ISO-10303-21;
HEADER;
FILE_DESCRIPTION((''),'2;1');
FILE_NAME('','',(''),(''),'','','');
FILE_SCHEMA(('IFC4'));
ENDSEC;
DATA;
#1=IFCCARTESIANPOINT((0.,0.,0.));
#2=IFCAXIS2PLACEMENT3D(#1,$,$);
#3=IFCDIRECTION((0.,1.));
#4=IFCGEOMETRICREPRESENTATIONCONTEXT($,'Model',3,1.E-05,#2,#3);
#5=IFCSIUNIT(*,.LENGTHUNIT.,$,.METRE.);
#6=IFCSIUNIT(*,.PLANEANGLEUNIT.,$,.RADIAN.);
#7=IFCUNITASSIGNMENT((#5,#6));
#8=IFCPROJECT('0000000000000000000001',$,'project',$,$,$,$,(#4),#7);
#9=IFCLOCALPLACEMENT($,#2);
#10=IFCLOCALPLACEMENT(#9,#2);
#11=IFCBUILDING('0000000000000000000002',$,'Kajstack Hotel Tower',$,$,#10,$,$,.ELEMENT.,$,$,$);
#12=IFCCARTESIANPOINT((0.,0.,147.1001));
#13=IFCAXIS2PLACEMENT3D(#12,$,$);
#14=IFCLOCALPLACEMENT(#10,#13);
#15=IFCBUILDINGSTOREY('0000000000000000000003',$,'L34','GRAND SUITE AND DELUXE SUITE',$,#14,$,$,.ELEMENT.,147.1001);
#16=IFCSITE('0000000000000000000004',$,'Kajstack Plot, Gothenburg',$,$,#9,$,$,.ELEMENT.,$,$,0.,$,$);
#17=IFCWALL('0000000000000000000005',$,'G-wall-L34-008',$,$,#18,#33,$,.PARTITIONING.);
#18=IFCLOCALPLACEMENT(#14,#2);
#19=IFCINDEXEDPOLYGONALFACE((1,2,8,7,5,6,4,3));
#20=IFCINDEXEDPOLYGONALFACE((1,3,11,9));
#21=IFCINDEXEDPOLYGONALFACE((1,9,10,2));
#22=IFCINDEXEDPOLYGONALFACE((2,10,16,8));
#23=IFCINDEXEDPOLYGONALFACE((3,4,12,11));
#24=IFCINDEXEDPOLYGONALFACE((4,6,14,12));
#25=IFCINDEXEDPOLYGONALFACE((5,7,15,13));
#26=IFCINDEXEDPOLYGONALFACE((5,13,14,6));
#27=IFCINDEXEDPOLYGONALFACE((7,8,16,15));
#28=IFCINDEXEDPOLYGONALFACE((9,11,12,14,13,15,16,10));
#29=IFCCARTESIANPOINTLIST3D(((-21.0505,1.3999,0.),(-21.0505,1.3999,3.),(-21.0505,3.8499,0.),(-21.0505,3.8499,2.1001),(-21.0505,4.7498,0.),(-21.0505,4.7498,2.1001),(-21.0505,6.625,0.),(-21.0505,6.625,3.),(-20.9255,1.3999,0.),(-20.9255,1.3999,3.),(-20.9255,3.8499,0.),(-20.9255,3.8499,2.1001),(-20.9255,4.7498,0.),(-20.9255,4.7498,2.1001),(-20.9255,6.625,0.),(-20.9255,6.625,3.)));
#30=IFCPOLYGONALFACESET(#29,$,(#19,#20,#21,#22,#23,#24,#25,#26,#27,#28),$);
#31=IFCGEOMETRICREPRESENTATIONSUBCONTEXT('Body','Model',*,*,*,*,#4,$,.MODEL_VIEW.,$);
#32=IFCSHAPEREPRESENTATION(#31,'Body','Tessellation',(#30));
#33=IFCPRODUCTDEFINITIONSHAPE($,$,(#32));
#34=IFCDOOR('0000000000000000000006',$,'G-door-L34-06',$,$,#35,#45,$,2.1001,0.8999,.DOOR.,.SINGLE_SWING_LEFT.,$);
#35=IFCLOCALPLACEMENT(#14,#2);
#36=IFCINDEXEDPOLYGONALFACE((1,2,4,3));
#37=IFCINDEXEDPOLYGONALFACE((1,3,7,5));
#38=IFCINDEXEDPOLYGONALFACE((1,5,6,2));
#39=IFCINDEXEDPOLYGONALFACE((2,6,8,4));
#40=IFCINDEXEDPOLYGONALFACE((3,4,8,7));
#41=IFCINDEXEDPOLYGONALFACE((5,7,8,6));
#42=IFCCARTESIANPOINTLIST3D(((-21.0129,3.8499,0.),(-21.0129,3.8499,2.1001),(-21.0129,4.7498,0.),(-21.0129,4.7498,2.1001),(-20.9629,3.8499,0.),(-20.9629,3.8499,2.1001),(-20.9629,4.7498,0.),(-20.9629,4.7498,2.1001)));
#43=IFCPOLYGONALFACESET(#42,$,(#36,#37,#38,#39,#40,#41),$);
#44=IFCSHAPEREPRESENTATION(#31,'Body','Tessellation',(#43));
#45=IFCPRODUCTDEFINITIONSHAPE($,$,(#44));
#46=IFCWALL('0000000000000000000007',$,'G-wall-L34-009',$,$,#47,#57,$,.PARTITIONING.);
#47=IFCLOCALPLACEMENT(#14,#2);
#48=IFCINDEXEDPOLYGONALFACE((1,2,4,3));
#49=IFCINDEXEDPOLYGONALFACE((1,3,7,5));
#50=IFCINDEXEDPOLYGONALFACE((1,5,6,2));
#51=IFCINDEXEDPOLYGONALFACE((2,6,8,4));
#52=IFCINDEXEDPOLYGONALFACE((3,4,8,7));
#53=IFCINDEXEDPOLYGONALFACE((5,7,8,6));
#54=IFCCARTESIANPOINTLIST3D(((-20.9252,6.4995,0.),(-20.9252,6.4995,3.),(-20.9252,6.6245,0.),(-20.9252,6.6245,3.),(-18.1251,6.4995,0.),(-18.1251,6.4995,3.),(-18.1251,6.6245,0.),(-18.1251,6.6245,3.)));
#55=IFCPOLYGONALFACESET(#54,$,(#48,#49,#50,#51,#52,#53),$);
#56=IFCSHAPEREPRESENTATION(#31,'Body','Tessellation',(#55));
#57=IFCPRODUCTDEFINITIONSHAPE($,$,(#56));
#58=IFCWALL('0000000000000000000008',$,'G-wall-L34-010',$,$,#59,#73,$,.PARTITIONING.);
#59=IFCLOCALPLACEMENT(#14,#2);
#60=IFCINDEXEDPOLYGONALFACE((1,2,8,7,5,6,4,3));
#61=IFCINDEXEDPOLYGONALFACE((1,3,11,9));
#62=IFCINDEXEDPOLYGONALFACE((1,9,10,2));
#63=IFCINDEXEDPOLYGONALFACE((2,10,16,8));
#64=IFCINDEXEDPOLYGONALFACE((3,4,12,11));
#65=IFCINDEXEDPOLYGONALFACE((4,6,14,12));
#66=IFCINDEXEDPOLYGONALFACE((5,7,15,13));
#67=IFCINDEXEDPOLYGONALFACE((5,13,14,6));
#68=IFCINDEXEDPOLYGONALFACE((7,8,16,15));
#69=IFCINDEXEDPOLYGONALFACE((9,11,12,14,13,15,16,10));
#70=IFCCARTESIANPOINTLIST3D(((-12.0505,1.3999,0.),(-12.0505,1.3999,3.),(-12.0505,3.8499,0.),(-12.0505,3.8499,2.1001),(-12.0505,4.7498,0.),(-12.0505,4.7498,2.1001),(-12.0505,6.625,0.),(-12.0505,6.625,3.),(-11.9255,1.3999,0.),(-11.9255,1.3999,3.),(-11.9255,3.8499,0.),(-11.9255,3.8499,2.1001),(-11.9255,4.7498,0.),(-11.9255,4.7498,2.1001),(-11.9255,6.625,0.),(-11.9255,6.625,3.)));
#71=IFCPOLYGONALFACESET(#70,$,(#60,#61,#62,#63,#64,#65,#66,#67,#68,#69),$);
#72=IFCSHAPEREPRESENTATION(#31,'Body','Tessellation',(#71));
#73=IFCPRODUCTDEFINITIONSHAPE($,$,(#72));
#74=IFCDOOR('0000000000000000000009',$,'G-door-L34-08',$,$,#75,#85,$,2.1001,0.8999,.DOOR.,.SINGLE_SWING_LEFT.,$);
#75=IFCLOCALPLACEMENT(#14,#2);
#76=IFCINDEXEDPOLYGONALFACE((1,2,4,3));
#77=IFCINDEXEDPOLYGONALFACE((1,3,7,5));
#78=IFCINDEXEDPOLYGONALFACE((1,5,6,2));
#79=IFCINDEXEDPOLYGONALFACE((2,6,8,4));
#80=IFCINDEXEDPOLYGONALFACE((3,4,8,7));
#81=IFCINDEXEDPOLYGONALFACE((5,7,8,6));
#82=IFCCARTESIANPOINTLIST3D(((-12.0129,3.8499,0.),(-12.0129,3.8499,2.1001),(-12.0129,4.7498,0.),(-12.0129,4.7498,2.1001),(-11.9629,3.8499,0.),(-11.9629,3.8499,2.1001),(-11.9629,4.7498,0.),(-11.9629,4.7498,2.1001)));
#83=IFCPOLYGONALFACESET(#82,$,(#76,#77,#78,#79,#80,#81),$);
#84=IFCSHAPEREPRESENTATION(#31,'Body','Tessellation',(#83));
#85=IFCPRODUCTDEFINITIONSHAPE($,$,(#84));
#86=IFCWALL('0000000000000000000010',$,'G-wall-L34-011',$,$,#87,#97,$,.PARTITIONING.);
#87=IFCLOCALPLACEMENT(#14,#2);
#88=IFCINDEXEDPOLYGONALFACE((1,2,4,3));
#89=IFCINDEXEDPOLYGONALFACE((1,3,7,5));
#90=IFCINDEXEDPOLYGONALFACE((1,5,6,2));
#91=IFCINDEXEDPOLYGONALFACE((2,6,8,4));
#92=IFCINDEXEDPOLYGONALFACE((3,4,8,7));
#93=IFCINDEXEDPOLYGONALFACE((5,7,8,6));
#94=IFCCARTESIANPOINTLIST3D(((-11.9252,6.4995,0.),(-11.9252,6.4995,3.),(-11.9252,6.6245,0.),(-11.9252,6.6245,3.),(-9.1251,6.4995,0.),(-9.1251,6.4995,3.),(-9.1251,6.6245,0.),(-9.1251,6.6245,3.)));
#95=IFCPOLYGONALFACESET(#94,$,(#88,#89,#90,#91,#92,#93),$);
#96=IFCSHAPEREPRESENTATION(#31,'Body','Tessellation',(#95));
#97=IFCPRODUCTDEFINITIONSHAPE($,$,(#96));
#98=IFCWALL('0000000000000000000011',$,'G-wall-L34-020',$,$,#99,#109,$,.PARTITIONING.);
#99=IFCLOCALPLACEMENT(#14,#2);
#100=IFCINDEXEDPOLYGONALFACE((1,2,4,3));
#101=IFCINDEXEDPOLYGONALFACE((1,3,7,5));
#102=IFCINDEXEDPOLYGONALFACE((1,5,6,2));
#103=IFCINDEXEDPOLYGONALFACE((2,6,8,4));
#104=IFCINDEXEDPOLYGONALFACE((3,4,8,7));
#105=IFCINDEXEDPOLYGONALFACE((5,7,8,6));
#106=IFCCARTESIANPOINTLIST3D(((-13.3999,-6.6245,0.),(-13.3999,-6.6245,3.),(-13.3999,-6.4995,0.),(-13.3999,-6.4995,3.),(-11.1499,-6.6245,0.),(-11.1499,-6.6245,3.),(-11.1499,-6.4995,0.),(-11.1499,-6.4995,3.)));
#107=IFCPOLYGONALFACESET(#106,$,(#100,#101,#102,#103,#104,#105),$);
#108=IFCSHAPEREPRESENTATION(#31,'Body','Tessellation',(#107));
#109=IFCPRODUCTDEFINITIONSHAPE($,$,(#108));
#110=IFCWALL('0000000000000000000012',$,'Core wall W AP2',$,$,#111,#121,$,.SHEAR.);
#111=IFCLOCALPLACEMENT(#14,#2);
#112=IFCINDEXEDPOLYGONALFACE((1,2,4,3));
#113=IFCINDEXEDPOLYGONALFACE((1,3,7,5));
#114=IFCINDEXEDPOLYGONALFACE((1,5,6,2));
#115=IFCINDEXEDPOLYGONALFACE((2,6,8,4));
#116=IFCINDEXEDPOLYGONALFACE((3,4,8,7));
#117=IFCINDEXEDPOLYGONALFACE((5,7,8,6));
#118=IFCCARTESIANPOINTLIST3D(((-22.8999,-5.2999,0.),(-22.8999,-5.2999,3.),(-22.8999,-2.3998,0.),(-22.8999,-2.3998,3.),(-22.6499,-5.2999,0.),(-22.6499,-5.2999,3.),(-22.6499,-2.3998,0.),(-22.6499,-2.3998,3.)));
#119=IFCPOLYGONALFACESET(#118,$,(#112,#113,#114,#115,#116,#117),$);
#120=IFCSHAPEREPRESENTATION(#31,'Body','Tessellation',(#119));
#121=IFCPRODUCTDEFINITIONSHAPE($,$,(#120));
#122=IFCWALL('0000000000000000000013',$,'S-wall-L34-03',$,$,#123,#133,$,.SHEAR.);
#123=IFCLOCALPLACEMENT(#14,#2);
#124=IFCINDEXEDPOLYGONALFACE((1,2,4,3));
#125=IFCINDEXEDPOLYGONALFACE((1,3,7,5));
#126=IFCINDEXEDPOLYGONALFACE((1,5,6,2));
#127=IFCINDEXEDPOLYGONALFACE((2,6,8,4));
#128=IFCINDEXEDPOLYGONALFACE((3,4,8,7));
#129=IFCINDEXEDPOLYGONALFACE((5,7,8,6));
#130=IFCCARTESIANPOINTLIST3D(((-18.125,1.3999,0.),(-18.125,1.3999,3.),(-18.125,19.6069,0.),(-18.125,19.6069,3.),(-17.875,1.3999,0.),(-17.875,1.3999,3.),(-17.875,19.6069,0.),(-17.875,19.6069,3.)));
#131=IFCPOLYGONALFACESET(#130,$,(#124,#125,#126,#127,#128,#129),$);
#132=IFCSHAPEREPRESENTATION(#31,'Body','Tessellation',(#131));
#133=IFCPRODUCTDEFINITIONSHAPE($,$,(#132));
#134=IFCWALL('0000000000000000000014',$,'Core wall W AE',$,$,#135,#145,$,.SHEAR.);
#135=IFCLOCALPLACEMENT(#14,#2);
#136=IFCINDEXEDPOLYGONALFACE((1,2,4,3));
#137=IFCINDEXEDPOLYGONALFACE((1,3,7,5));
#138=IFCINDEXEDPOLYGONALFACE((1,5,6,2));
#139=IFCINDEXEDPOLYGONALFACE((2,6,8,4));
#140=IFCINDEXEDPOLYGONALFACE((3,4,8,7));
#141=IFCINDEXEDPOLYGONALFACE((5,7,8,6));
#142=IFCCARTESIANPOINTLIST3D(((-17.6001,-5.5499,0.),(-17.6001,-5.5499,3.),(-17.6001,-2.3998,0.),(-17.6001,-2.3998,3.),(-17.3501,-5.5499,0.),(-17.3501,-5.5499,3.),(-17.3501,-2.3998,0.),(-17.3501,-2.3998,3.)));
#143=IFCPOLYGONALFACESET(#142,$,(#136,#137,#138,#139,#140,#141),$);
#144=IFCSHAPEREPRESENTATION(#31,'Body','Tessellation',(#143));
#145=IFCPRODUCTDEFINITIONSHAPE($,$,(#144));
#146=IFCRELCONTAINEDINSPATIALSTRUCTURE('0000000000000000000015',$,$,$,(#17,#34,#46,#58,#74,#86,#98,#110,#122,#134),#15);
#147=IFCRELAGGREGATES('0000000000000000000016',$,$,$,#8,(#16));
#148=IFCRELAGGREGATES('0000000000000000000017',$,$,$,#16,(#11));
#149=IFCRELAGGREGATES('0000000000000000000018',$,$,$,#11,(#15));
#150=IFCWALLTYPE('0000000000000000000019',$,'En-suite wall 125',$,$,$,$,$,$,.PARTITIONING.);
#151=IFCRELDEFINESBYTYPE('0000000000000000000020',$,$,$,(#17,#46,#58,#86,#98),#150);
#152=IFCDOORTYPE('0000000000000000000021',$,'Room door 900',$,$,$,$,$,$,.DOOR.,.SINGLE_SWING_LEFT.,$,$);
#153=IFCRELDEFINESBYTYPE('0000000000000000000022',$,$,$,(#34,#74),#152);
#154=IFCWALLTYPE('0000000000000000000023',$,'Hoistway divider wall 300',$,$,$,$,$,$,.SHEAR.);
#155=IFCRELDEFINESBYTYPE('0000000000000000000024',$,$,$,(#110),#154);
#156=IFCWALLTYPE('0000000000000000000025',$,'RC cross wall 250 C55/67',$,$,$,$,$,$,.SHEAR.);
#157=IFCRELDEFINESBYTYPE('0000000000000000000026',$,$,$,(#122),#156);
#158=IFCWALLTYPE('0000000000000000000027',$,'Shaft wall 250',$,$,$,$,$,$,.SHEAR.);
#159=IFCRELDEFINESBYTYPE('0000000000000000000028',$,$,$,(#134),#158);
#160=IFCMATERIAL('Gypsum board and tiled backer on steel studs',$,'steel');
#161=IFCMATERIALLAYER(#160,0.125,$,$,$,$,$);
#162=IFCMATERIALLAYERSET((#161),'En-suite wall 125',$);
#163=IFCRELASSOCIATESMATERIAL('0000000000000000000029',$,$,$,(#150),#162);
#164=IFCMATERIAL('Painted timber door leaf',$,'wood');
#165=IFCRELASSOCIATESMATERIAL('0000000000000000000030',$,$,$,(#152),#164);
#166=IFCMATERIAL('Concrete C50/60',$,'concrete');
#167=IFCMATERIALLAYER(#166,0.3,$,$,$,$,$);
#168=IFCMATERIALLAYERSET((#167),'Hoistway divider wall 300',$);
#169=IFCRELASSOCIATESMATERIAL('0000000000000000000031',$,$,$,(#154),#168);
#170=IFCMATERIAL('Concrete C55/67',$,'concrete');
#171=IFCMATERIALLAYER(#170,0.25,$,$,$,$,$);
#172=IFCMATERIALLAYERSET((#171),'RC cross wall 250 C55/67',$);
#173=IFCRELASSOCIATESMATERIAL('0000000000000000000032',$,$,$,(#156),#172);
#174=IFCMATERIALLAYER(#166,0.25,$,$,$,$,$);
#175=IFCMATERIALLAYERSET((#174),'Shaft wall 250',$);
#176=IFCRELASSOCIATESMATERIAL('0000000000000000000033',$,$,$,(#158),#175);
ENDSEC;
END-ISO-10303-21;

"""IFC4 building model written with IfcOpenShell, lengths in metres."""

from ifc_helpers import new_model, si_unit, direction, frame, frame_2d, origin, place, context, subcontext, project, spatial, rectangle, extrude, material, layer, layer_set, type_object, element, fill, save


model = new_model("IFC4")

# Units and contexts
model_context = context("Model", 3, precision=1e-05, world=origin(), true_north=direction((0.0, 1.0)))
body_context = subcontext(model_context, "Body", "Model", "MODEL_VIEW")
ifc_project = project(units=[si_unit("LENGTHUNIT", "METRE"), si_unit("PLANEANGLEUNIT", "RADIAN")], contexts=[model_context])

# Site, building, storey
site_placement = place(None, origin())
site = spatial("IfcSite", under=ifc_project, at=site_placement, Name="Kajstack Plot, Gothenburg", CompositionType="ELEMENT", RefElevation=0.0)
building_placement = place(site_placement, origin())
building = spatial("IfcBuilding", under=site, at=building_placement, Name="Kajstack Hotel Tower", CompositionType="ELEMENT")
storey_placement = place(building_placement, frame((0.0, 0.0, 147.1001)))
storey = spatial("IfcBuildingStorey", under=building, at=storey_placement, Name="L34", Description="GRAND SUITE AND DELUXE SUITE", CompositionType="ELEMENT", Elevation=147.1001)

# Wall, opening, door
ifc_material_1 = material(Name="Gypsum board and tiled backer on steel studs", Category="steel")
ifc_layer_1 = layer(ifc_material_1, 0.125)
ifc_layer_set_1 = layer_set([ifc_layer_1], Name="En-suite wall 125")
wall_type_1 = type_object("IfcWallType", Name="En-suite wall 125", PredefinedType="PARTITIONING", material=ifc_layer_set_1)
wall_1_placement = place(storey_placement, frame((-20.988, 1.3999, 0.0), z_axis=(0.0, 0.0, 1.0), x_axis=(0.0, 1.0, 0.0)))
wall_1 = element("IfcWall", 1, at=wall_1_placement, inside=storey, type_object=wall_type_1, Name="G-wall-L34-008", PredefinedType="PARTITIONING", context=body_context, shape_type="SweptSolid", body=[
    extrude(rectangle(XDim=5.2251, YDim=0.125, at=frame_2d((2.6125, 0.0))), origin(), (0.0, 0.0, 1.0), 3.0),
])
opening_1_placement = place(wall_1_placement, frame((2.45, 0.0, 0.0)))
opening_1 = element("IfcOpeningElement", 2, at=opening_1_placement, cuts=wall_1, PredefinedType="OPENING", context=body_context, shape_type="SweptSolid", body=[
    extrude(rectangle(XDim=0.8999, YDim=2.1001, at=frame_2d((0.45, 1.05))), frame((0.0, 0.0725, 0.0), z_axis=(0.0, -1.0, 0.0), x_axis=(1.0, 0.0, 0.0)), (0.0, 0.0, 1.0), 0.145),
])
ifc_material_2 = material(Name="Painted timber door leaf", Category="wood")
door_type_1 = type_object("IfcDoorType", Name="Room door 900", OperationType="SINGLE_SWING_LEFT", PredefinedType="DOOR", material=ifc_material_2)
door_1_placement = place(opening_1_placement, origin())
door_1 = element("IfcDoor", 3, at=door_1_placement, inside=storey, type_object=door_type_1, Name="G-door-L34-06", OperationType="SINGLE_SWING_LEFT", OverallHeight=2.1001, OverallWidth=0.8999, PredefinedType="DOOR", context=body_context, shape_type="SweptSolid", body=[
    extrude(rectangle(XDim=0.8999, YDim=2.1001, at=frame_2d((0.45, 1.05))), frame((0.0, 0.0249, 0.0), z_axis=(0.0, -1.0, 0.0), x_axis=(1.0, 0.0, 0.0)), (0.0, 0.0, 1.0), 0.05),
])
fill(opening_1, door_1)

# Wall
wall_2_placement = place(storey_placement, frame((-20.925, 6.562, 0.0), z_axis=(0.0, 0.0, 1.0), x_axis=(1.0, 0.0, 0.0)))
element("IfcWall", 4, at=wall_2_placement, inside=storey, type_object=wall_type_1, Name="G-wall-L34-009", PredefinedType="PARTITIONING", context=body_context, shape_type="SweptSolid", body=[
    extrude(rectangle(XDim=2.8, YDim=0.125, at=frame_2d((1.3999, 0.0))), origin(), (0.0, 0.0, 1.0), 3.0),
])

# Wall, opening, door
wall_3_placement = place(storey_placement, frame((-11.988, 1.3999, 0.0), z_axis=(0.0, 0.0, 1.0), x_axis=(0.0, 1.0, 0.0)))
wall_3 = element("IfcWall", 5, at=wall_3_placement, inside=storey, type_object=wall_type_1, Name="G-wall-L34-010", PredefinedType="PARTITIONING", context=body_context, shape_type="SweptSolid", body=[
    extrude(rectangle(XDim=5.2251, YDim=0.125, at=frame_2d((2.6125, 0.0))), origin(), (0.0, 0.0, 1.0), 3.0),
])
opening_2_placement = place(wall_3_placement, frame((2.45, 0.0, 0.0)))
opening_2 = element("IfcOpeningElement", 6, at=opening_2_placement, cuts=wall_3, PredefinedType="OPENING", context=body_context, shape_type="SweptSolid", body=[
    extrude(rectangle(XDim=0.8999, YDim=2.1001, at=frame_2d((0.45, 1.05))), frame((0.0, 0.0725, 0.0), z_axis=(0.0, -1.0, 0.0), x_axis=(1.0, 0.0, 0.0)), (0.0, 0.0, 1.0), 0.145),
])
door_2_placement = place(opening_2_placement, origin())
door_2 = element("IfcDoor", 7, at=door_2_placement, inside=storey, type_object=door_type_1, Name="G-door-L34-08", OperationType="SINGLE_SWING_LEFT", OverallHeight=2.1001, OverallWidth=0.8999, PredefinedType="DOOR", context=body_context, shape_type="SweptSolid", body=[
    extrude(rectangle(XDim=0.8999, YDim=2.1001, at=frame_2d((0.45, 1.05))), frame((0.0, 0.0249, 0.0), z_axis=(0.0, -1.0, 0.0), x_axis=(1.0, 0.0, 0.0)), (0.0, 0.0, 1.0), 0.05),
])
fill(opening_2, door_2)

# Walls
wall_4_placement = place(storey_placement, frame((-11.925, 6.562, 0.0), z_axis=(0.0, 0.0, 1.0), x_axis=(1.0, 0.0, 0.0)))
element("IfcWall", 8, at=wall_4_placement, inside=storey, type_object=wall_type_1, Name="G-wall-L34-011", PredefinedType="PARTITIONING", context=body_context, shape_type="SweptSolid", body=[
    extrude(rectangle(XDim=2.8, YDim=0.125, at=frame_2d((1.3999, 0.0))), origin(), (0.0, 0.0, 1.0), 3.0),
])
wall_5_placement = place(storey_placement, frame((-13.3999, -6.562, 0.0), z_axis=(0.0, 0.0, 1.0), x_axis=(1.0, 0.0, 0.0)))
element("IfcWall", 9, at=wall_5_placement, inside=storey, type_object=wall_type_1, Name="G-wall-L34-020", PredefinedType="PARTITIONING", context=body_context, shape_type="SweptSolid", body=[
    extrude(rectangle(XDim=2.25, YDim=0.125, at=frame_2d((1.125, 0.0))), origin(), (0.0, 0.0, 1.0), 3.0),
])
ifc_material_3 = material(Name="Concrete C50/60", Category="concrete")
ifc_layer_2 = layer(ifc_material_3, 0.3)
ifc_layer_set_2 = layer_set([ifc_layer_2], Name="Hoistway divider wall 300")
wall_type_2 = type_object("IfcWallType", Name="Hoistway divider wall 300", PredefinedType="SHEAR", material=ifc_layer_set_2)
wall_6_placement = place(storey_placement, frame((-22.7749, -5.3, 0.0), z_axis=(0.0, 0.0, 1.0), x_axis=(0.0, 1.0, 0.0)))
element("IfcWall", 10, at=wall_6_placement, inside=storey, type_object=wall_type_2, Name="Core wall W AP2", PredefinedType="SHEAR", context=body_context, shape_type="SweptSolid", body=[
    extrude(rectangle(XDim=2.9001, YDim=0.25, at=frame_2d((1.4502, 0.0))), origin(), (0.0, 0.0, 1.0), 3.0),
])
ifc_material_4 = material(Name="Concrete C55/67", Category="concrete")
ifc_layer_3 = layer(ifc_material_4, 0.25)
ifc_layer_set_3 = layer_set([ifc_layer_3], Name="RC cross wall 250 C55/67")
wall_type_3 = type_object("IfcWallType", Name="RC cross wall 250 C55/67", PredefinedType="SHEAR", material=ifc_layer_set_3)
wall_7_placement = place(storey_placement, frame((-18.0, 1.3999, 0.0), z_axis=(0.0, 0.0, 1.0), x_axis=(0.0, 1.0, 0.0)))
element("IfcWall", 11, at=wall_7_placement, inside=storey, type_object=wall_type_3, Name="S-wall-L34-03", PredefinedType="SHEAR", context=body_context, shape_type="SweptSolid", body=[
    extrude(rectangle(XDim=18.207, YDim=0.25, at=frame_2d((9.1035, 0.0))), origin(), (0.0, 0.0, 1.0), 3.0),
])
ifc_layer_4 = layer(ifc_material_3, 0.25)
ifc_layer_set_4 = layer_set([ifc_layer_4], Name="Shaft wall 250")
wall_type_4 = type_object("IfcWallType", Name="Shaft wall 250", PredefinedType="SHEAR", material=ifc_layer_set_4)
wall_8_placement = place(storey_placement, frame((-17.4751, -5.55, 0.0), z_axis=(0.0, 0.0, 1.0), x_axis=(0.0, 1.0, 0.0)))
element("IfcWall", 12, at=wall_8_placement, inside=storey, type_object=wall_type_4, Name="Core wall W AE", PredefinedType="SHEAR", context=body_context, shape_type="SweptSolid", body=[
    extrude(rectangle(XDim=3.1501, YDim=0.25, at=frame_2d((1.5752, 0.0))), origin(), (0.0, 0.0, 1.0), 3.0),
])

save(model, "model.ifc")
